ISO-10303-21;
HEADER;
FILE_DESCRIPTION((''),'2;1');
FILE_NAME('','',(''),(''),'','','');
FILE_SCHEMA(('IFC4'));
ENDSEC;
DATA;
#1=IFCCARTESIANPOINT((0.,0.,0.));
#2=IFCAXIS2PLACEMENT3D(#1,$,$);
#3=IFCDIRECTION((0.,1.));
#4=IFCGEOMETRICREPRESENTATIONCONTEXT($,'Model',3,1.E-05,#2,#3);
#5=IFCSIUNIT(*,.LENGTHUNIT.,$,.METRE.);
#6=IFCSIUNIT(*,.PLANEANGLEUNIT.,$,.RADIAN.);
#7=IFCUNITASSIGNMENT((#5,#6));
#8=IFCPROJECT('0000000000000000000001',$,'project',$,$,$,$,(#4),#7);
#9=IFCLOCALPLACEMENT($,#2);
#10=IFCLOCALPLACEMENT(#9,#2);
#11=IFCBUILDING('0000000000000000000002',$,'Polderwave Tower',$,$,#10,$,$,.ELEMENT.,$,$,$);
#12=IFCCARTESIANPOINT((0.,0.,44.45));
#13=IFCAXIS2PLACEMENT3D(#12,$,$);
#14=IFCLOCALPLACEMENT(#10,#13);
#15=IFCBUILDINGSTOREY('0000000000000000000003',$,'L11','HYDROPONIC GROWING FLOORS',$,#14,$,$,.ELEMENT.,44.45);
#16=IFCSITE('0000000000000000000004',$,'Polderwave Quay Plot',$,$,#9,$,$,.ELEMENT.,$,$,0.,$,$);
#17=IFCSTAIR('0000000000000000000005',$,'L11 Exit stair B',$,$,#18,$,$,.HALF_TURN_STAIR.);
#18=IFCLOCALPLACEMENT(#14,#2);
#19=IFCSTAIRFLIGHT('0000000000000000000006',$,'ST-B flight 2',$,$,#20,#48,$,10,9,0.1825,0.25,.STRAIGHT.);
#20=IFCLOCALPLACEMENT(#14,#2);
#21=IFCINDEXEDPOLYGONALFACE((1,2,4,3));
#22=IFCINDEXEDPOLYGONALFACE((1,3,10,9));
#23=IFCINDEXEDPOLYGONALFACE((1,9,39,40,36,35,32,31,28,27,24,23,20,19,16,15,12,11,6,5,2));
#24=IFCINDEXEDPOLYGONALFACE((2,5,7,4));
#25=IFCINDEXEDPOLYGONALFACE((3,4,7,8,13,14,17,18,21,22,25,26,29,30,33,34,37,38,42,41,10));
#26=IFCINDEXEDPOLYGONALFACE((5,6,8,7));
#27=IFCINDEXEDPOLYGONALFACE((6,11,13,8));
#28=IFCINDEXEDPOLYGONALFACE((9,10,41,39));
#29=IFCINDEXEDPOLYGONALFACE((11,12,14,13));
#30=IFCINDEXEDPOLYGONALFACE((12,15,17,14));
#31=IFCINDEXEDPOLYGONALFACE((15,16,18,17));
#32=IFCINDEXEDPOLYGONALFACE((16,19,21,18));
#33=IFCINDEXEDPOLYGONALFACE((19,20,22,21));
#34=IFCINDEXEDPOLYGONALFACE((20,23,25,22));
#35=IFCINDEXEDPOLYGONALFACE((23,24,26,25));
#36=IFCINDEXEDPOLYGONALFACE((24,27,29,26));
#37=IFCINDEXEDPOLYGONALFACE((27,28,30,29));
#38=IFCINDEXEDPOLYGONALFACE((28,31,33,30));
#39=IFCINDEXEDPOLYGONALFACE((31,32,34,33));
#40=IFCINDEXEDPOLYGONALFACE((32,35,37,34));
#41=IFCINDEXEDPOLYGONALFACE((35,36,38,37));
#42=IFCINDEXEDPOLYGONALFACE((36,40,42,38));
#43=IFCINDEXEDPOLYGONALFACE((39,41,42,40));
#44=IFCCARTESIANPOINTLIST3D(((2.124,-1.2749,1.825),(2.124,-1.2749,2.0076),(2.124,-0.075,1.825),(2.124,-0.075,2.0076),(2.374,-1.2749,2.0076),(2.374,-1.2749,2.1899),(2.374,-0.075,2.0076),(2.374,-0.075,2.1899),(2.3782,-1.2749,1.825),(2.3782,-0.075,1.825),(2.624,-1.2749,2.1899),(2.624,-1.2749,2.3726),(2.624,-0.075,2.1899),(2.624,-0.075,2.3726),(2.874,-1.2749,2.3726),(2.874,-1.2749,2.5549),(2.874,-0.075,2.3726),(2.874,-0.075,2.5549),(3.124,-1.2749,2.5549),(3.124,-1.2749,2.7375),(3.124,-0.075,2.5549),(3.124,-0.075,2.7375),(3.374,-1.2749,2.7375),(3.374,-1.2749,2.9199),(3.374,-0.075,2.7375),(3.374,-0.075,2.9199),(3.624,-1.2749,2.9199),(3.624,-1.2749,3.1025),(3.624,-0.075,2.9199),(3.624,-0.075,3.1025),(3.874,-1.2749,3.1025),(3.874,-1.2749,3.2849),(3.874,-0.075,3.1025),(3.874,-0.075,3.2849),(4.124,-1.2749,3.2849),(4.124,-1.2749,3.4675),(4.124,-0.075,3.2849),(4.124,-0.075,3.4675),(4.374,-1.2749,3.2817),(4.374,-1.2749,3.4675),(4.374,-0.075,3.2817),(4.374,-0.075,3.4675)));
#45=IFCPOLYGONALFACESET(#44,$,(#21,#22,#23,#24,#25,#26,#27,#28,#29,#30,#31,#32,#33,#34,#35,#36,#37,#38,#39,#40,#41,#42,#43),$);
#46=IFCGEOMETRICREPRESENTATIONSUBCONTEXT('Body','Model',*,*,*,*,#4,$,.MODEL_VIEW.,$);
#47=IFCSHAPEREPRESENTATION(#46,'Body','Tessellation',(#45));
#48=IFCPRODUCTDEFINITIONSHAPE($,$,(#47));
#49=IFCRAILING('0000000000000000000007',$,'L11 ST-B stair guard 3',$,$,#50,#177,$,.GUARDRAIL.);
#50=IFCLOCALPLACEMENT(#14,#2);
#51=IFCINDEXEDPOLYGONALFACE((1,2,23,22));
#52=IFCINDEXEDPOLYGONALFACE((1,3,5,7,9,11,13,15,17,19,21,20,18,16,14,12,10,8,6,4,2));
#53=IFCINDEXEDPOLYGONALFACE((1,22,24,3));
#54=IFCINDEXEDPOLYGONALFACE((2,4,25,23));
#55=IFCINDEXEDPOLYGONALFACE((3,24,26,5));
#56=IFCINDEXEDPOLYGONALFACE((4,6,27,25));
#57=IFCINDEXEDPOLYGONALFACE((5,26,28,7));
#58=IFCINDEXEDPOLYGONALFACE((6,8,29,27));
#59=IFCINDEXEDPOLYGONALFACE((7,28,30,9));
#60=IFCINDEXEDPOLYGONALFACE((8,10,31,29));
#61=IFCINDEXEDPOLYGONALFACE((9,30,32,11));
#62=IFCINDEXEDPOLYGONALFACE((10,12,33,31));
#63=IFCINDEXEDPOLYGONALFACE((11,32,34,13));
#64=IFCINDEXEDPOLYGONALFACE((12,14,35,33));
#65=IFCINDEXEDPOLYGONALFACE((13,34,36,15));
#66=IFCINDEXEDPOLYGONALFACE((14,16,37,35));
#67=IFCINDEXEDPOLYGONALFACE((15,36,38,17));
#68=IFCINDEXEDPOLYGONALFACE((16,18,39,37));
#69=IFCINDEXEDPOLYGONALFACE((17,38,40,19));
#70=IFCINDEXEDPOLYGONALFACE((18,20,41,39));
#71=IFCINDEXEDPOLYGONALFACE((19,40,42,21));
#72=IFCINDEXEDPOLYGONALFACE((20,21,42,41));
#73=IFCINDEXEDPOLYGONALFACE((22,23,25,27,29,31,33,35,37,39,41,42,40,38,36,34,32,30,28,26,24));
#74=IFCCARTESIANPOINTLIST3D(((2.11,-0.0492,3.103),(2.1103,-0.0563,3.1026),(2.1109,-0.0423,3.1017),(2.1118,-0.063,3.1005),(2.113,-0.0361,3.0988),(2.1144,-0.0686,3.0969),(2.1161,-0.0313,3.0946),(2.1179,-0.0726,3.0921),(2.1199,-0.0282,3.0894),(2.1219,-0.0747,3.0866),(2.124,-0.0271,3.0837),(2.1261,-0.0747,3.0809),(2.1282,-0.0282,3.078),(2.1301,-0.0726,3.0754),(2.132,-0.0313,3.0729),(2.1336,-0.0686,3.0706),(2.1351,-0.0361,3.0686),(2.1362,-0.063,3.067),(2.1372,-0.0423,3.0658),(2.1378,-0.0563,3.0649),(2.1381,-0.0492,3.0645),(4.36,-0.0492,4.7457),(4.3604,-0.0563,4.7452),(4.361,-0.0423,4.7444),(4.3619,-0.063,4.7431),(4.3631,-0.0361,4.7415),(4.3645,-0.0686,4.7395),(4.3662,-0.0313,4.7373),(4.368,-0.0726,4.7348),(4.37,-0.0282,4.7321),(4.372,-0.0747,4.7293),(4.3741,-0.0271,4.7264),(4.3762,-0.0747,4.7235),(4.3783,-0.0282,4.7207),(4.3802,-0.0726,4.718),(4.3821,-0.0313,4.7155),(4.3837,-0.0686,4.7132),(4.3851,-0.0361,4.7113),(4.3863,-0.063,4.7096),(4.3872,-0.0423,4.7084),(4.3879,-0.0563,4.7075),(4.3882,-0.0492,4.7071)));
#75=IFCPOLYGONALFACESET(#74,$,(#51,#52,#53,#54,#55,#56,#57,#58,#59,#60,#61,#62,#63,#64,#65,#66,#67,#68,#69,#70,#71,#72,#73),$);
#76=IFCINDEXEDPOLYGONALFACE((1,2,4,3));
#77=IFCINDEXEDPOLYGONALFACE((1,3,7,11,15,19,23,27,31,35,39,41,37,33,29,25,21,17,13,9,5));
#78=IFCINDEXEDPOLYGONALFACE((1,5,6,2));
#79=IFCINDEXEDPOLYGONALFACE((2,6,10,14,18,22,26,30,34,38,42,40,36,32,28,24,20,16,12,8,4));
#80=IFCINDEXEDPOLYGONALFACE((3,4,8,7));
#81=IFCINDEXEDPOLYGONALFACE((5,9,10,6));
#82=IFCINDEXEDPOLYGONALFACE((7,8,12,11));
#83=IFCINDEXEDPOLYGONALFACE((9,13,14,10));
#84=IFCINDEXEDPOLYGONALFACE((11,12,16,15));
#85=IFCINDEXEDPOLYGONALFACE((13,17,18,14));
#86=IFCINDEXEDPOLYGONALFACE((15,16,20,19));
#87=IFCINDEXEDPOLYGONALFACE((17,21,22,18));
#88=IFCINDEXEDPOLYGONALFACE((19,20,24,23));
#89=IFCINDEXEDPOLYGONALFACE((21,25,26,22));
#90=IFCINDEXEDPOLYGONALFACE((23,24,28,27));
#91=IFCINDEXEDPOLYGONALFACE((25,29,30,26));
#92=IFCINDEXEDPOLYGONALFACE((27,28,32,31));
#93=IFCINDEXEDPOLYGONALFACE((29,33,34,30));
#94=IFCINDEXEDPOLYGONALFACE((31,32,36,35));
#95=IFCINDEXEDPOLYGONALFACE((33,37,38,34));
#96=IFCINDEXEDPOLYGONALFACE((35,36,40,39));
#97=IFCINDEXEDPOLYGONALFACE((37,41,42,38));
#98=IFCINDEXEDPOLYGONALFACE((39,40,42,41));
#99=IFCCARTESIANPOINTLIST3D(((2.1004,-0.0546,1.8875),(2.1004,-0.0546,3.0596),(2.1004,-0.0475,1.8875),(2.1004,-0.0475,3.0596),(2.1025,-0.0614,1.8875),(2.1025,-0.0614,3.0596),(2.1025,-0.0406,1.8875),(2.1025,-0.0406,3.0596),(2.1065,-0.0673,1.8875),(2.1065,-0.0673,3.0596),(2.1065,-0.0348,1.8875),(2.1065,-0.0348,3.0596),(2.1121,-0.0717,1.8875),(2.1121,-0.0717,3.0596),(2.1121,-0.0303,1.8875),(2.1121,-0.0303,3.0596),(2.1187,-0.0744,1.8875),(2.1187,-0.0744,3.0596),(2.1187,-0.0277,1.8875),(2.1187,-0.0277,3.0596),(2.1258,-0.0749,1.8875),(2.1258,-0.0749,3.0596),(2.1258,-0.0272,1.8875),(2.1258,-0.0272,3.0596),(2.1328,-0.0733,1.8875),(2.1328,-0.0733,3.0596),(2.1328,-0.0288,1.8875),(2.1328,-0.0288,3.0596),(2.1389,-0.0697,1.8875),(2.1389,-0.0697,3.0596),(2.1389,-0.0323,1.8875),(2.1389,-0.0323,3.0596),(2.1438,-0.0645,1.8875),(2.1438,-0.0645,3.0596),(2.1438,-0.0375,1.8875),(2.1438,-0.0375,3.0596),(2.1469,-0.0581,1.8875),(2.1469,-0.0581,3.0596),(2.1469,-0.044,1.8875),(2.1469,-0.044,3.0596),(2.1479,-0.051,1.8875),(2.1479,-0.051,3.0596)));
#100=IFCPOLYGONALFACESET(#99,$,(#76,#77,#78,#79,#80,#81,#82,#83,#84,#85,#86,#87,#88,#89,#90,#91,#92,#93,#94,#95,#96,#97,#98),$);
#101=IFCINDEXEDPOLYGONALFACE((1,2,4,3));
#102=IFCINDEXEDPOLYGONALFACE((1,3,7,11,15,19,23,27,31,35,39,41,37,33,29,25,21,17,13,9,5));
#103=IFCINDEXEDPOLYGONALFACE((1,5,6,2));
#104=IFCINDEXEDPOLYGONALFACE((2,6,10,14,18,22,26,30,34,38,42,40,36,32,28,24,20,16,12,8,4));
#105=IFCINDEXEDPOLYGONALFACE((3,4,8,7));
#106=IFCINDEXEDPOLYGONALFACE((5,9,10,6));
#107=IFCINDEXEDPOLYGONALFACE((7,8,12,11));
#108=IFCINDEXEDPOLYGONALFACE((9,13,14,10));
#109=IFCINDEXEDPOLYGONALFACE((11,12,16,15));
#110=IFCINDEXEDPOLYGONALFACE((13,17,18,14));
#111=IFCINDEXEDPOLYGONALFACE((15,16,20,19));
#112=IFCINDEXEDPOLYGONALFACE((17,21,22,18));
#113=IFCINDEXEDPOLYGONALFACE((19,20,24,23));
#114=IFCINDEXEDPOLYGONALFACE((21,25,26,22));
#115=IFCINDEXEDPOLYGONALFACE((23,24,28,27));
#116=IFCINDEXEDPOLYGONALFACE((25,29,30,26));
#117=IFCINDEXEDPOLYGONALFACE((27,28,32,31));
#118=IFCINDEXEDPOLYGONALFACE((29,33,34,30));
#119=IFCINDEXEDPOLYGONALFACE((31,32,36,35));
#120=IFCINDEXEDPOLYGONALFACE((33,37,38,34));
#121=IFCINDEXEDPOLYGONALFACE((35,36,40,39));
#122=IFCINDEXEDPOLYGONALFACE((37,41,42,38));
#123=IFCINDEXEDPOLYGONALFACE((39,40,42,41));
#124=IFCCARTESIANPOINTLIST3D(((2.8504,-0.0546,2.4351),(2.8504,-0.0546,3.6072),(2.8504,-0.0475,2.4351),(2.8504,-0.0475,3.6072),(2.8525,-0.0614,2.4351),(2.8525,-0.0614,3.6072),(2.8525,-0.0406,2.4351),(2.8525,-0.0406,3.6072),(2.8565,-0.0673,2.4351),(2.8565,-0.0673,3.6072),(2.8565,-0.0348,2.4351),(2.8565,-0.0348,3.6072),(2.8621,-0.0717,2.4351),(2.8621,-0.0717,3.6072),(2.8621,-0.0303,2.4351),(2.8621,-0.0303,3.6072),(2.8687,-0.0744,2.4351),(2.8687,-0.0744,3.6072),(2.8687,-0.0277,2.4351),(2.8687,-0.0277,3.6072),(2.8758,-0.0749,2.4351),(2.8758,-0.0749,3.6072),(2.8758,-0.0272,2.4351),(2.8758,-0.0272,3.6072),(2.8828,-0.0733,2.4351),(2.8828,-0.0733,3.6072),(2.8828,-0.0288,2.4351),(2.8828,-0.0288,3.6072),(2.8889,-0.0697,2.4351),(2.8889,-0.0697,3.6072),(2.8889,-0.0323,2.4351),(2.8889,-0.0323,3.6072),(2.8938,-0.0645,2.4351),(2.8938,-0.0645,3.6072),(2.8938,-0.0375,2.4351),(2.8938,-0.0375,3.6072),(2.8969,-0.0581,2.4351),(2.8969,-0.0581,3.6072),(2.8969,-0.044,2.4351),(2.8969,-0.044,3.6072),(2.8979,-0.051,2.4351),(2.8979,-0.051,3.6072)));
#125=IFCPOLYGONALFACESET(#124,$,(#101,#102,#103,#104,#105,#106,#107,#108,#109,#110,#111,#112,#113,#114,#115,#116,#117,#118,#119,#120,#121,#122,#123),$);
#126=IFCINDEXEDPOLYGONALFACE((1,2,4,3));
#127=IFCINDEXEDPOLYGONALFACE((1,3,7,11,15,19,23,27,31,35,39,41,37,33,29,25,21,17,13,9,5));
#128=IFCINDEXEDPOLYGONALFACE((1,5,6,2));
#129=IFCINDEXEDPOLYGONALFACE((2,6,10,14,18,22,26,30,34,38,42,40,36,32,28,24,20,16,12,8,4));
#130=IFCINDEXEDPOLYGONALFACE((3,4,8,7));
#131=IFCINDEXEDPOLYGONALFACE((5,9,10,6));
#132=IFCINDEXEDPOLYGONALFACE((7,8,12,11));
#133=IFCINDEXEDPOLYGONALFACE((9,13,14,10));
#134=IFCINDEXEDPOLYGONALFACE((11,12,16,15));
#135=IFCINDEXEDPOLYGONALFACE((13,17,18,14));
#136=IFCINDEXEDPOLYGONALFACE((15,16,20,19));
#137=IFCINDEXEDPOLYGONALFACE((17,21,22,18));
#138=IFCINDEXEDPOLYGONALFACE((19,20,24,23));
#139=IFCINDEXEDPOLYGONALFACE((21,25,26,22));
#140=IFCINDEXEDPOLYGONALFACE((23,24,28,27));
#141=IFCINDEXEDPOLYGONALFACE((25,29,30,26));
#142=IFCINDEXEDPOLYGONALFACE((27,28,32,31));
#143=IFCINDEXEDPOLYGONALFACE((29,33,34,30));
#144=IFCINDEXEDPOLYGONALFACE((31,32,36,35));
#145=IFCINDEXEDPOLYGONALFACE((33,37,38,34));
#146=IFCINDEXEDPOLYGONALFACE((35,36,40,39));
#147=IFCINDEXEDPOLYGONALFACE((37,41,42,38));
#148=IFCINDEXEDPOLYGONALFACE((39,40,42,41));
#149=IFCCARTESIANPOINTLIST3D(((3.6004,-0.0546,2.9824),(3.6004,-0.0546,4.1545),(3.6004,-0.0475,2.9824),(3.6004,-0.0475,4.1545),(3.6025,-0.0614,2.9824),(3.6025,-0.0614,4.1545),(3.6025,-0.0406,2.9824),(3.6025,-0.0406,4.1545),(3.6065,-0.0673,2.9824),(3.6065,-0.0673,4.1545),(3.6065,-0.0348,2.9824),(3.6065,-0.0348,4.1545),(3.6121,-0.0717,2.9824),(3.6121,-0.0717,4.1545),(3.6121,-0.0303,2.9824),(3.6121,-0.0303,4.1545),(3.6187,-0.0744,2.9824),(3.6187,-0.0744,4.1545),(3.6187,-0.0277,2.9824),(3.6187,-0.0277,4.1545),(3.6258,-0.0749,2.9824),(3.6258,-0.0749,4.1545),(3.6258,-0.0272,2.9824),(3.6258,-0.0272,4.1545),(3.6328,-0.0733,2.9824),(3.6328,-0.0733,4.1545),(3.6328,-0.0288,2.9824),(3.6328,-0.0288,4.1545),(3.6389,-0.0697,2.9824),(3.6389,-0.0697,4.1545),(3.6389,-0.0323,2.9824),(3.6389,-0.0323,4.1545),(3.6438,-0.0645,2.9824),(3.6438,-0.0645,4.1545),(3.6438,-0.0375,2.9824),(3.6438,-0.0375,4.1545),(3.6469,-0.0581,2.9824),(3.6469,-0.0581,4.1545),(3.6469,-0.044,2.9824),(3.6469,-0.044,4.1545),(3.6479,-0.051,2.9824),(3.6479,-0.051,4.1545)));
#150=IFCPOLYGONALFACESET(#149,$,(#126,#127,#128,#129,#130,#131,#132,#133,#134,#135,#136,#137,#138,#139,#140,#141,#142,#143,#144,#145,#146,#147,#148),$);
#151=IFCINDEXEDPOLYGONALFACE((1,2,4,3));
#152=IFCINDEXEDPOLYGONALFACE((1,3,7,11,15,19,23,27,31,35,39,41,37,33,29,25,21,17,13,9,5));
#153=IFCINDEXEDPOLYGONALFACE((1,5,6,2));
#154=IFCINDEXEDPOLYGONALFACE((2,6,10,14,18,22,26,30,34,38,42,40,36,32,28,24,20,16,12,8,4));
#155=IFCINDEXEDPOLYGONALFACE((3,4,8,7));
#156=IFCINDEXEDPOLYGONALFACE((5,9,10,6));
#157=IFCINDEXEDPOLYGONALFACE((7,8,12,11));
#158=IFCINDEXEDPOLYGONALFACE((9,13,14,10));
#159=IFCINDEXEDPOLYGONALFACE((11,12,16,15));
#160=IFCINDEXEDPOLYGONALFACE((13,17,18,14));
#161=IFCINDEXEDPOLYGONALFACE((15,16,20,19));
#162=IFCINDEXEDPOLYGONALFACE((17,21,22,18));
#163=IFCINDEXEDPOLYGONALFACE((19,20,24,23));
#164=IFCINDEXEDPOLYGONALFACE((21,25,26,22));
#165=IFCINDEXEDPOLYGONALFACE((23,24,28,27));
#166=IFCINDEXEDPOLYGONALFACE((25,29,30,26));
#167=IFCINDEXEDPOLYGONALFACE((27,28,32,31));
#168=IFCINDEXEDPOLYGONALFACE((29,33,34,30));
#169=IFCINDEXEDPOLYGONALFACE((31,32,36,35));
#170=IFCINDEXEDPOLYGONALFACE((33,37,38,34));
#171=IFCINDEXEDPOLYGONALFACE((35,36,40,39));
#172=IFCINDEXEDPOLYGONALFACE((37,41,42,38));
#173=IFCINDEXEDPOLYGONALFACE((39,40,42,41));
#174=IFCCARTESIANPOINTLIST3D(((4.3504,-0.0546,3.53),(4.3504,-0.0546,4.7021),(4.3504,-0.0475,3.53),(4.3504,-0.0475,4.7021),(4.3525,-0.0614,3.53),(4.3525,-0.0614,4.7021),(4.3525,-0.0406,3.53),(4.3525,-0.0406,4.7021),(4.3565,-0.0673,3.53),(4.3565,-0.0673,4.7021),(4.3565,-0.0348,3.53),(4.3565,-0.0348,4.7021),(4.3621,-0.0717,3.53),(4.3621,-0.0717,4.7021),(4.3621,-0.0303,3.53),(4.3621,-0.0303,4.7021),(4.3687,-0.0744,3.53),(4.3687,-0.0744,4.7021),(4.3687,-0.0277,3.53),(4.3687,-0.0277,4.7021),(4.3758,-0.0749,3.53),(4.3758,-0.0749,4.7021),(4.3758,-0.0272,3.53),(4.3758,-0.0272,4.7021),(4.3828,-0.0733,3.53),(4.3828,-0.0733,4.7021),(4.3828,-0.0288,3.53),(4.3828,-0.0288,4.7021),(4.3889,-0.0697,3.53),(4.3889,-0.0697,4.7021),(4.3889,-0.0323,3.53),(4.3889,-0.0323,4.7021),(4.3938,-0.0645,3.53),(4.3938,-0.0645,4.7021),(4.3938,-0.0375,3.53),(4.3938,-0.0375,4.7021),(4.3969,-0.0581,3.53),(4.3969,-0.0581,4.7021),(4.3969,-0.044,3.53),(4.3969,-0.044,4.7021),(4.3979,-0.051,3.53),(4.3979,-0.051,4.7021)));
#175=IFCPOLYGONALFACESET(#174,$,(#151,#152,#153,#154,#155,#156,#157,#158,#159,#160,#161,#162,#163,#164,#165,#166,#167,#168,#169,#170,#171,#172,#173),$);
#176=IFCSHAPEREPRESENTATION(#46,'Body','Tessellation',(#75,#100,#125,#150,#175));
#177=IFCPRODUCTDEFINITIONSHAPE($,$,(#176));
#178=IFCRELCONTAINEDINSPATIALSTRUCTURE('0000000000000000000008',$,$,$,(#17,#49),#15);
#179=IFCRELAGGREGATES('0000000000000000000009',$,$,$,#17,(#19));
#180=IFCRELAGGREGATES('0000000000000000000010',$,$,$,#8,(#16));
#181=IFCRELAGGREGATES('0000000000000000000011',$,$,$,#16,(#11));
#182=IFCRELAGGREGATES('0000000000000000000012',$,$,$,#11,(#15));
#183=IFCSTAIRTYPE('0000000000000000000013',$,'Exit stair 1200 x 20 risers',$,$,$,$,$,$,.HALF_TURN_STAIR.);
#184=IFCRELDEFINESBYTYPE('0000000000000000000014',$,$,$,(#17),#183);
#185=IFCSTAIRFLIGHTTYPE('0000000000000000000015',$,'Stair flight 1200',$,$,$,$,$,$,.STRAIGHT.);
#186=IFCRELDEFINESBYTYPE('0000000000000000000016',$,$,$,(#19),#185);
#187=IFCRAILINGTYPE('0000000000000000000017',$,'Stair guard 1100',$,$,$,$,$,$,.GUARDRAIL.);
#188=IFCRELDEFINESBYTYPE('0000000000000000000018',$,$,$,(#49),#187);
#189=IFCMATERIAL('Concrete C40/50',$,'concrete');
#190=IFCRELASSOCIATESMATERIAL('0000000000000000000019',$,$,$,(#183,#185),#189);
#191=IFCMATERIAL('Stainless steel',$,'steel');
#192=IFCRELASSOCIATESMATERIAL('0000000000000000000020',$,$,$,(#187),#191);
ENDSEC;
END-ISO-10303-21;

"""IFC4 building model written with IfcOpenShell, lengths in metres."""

from ifc_helpers import new_model, si_unit, direction, frame, origin, origin_2d, place, context, subcontext, project, spatial, polyline, circle, outline, extrude, material, type_object, element, aggregate, save


model = new_model("IFC4")

# Units and contexts
model_context = context("Model", 3, precision=1e-05, world=origin(), true_north=direction((0.0, 1.0)))
body_context = subcontext(model_context, "Body", "Model", "MODEL_VIEW")
ifc_project = project(units=[si_unit("LENGTHUNIT", "METRE"), si_unit("PLANEANGLEUNIT", "RADIAN")], contexts=[model_context])

# Site, building, storey
site_placement = place(None, origin())
site = spatial("IfcSite", under=ifc_project, at=site_placement, Name="Polderwave Quay Plot", CompositionType="ELEMENT", RefElevation=0.0)
building_placement = place(site_placement, origin())
building = spatial("IfcBuilding", under=site, at=building_placement, Name="Polderwave Tower", CompositionType="ELEMENT")
storey_placement = place(building_placement, frame((0.0, 0.0, 44.45)))
storey = spatial("IfcBuildingStorey", under=building, at=storey_placement, Name="L11", Description="HYDROPONIC GROWING FLOORS", CompositionType="ELEMENT", Elevation=44.45)

# Stair, stair flight
ifc_material_1 = material(Name="Concrete C40/50", Category="concrete")
stair_type = type_object("IfcStairType", Name="Exit stair 1200 x 20 risers", PredefinedType="HALF_TURN_STAIR", material=ifc_material_1)
stair_placement = place(storey_placement, origin())
stair = element("IfcStair", 1, at=stair_placement, inside=storey, type_object=stair_type, Name="L11 Exit stair B", PredefinedType="HALF_TURN_STAIR")
stair_flight_type = type_object("IfcStairFlightType", Name="Stair flight 1200", PredefinedType="STRAIGHT", material=ifc_material_1)
stair_flight_placement = place(storey_placement, frame((2.124, -0.675, 1.825), z_axis=(0.0, 0.0, 1.0), x_axis=(1.0, 0.0, 0.0)))
stair_flight = element("IfcStairFlight", 2, at=stair_flight_placement, type_object=stair_flight_type, Name="ST-B flight 2", NumberOfRisers=10, NumberOfTreads=9, PredefinedType="STRAIGHT", RiserHeight=0.1825, TreadLength=0.25, context=body_context, shape_type="SweptSolid", body=[
    extrude(outline(polyline([(0.0, 0.0), (0.0, 0.1826), (0.25, 0.1826), (0.25, 0.365), (0.5, 0.365), (0.5, 0.5476), (0.75, 0.5476), (0.75, 0.73), (1.0, 0.73), (1.0, 0.9126), (1.25, 0.9126), (1.25, 1.095), (1.5, 1.095), (1.5, 1.2776), (1.75, 1.2776), (1.75, 1.46), (2.0, 1.46), (2.0, 1.6426), (2.25, 1.6426), (2.25, 1.825), (2.25, 1.4568), (0.2542, 0.0), (0.0, 0.0)])), frame((0.0, 0.6001, 0.0), z_axis=(0.0, -1.0, 0.0), x_axis=(1.0, 0.0, 0.0)), (0.0, 0.0, 1.0), 1.2),
])
aggregate(stair, [stair_flight])

# Railing
ifc_material_2 = material(Name="Stainless steel", Category="steel")
railing_type_1 = type_object("IfcRailingType", Name="Stair guard 1100", PredefinedType="GUARDRAIL", material=ifc_material_2)
railing_1_placement = place(storey_placement, frame((2.124, -0.051, 1.8875)))
element("IfcRailing", 3, at=railing_1_placement, inside=storey, type_object=railing_type_1, Name="L11 ST-B stair guard 3", PredefinedType="GUARDRAIL", context=body_context, shape_type="SweptSolid", body=[
    extrude(circle(Radius=0.0239, at=origin_2d()), frame((0.0, 0.0, 1.1963), z_axis=(0.807674, 0.0, 0.58963), x_axis=(0.0, 1.0, 0.0)), (0.0, 0.0, 1.0), 2.7859),
    extrude(circle(Radius=0.0239, at=origin_2d()), origin(), (0.0, 0.0, 1.0), 1.1721),
    extrude(circle(Radius=0.0239, at=origin_2d()), frame((0.75, 0.0, 0.5476)), (0.0, 0.0, 1.0), 1.1721),
    extrude(circle(Radius=0.0239, at=origin_2d()), frame((1.5, 0.0, 1.095)), (0.0, 0.0, 1.0), 1.1721),
    extrude(circle(Radius=0.0239, at=origin_2d()), frame((2.25, 0.0, 1.6426)), (0.0, 0.0, 1.0), 1.1721),
])

save(model, "model.ifc")
